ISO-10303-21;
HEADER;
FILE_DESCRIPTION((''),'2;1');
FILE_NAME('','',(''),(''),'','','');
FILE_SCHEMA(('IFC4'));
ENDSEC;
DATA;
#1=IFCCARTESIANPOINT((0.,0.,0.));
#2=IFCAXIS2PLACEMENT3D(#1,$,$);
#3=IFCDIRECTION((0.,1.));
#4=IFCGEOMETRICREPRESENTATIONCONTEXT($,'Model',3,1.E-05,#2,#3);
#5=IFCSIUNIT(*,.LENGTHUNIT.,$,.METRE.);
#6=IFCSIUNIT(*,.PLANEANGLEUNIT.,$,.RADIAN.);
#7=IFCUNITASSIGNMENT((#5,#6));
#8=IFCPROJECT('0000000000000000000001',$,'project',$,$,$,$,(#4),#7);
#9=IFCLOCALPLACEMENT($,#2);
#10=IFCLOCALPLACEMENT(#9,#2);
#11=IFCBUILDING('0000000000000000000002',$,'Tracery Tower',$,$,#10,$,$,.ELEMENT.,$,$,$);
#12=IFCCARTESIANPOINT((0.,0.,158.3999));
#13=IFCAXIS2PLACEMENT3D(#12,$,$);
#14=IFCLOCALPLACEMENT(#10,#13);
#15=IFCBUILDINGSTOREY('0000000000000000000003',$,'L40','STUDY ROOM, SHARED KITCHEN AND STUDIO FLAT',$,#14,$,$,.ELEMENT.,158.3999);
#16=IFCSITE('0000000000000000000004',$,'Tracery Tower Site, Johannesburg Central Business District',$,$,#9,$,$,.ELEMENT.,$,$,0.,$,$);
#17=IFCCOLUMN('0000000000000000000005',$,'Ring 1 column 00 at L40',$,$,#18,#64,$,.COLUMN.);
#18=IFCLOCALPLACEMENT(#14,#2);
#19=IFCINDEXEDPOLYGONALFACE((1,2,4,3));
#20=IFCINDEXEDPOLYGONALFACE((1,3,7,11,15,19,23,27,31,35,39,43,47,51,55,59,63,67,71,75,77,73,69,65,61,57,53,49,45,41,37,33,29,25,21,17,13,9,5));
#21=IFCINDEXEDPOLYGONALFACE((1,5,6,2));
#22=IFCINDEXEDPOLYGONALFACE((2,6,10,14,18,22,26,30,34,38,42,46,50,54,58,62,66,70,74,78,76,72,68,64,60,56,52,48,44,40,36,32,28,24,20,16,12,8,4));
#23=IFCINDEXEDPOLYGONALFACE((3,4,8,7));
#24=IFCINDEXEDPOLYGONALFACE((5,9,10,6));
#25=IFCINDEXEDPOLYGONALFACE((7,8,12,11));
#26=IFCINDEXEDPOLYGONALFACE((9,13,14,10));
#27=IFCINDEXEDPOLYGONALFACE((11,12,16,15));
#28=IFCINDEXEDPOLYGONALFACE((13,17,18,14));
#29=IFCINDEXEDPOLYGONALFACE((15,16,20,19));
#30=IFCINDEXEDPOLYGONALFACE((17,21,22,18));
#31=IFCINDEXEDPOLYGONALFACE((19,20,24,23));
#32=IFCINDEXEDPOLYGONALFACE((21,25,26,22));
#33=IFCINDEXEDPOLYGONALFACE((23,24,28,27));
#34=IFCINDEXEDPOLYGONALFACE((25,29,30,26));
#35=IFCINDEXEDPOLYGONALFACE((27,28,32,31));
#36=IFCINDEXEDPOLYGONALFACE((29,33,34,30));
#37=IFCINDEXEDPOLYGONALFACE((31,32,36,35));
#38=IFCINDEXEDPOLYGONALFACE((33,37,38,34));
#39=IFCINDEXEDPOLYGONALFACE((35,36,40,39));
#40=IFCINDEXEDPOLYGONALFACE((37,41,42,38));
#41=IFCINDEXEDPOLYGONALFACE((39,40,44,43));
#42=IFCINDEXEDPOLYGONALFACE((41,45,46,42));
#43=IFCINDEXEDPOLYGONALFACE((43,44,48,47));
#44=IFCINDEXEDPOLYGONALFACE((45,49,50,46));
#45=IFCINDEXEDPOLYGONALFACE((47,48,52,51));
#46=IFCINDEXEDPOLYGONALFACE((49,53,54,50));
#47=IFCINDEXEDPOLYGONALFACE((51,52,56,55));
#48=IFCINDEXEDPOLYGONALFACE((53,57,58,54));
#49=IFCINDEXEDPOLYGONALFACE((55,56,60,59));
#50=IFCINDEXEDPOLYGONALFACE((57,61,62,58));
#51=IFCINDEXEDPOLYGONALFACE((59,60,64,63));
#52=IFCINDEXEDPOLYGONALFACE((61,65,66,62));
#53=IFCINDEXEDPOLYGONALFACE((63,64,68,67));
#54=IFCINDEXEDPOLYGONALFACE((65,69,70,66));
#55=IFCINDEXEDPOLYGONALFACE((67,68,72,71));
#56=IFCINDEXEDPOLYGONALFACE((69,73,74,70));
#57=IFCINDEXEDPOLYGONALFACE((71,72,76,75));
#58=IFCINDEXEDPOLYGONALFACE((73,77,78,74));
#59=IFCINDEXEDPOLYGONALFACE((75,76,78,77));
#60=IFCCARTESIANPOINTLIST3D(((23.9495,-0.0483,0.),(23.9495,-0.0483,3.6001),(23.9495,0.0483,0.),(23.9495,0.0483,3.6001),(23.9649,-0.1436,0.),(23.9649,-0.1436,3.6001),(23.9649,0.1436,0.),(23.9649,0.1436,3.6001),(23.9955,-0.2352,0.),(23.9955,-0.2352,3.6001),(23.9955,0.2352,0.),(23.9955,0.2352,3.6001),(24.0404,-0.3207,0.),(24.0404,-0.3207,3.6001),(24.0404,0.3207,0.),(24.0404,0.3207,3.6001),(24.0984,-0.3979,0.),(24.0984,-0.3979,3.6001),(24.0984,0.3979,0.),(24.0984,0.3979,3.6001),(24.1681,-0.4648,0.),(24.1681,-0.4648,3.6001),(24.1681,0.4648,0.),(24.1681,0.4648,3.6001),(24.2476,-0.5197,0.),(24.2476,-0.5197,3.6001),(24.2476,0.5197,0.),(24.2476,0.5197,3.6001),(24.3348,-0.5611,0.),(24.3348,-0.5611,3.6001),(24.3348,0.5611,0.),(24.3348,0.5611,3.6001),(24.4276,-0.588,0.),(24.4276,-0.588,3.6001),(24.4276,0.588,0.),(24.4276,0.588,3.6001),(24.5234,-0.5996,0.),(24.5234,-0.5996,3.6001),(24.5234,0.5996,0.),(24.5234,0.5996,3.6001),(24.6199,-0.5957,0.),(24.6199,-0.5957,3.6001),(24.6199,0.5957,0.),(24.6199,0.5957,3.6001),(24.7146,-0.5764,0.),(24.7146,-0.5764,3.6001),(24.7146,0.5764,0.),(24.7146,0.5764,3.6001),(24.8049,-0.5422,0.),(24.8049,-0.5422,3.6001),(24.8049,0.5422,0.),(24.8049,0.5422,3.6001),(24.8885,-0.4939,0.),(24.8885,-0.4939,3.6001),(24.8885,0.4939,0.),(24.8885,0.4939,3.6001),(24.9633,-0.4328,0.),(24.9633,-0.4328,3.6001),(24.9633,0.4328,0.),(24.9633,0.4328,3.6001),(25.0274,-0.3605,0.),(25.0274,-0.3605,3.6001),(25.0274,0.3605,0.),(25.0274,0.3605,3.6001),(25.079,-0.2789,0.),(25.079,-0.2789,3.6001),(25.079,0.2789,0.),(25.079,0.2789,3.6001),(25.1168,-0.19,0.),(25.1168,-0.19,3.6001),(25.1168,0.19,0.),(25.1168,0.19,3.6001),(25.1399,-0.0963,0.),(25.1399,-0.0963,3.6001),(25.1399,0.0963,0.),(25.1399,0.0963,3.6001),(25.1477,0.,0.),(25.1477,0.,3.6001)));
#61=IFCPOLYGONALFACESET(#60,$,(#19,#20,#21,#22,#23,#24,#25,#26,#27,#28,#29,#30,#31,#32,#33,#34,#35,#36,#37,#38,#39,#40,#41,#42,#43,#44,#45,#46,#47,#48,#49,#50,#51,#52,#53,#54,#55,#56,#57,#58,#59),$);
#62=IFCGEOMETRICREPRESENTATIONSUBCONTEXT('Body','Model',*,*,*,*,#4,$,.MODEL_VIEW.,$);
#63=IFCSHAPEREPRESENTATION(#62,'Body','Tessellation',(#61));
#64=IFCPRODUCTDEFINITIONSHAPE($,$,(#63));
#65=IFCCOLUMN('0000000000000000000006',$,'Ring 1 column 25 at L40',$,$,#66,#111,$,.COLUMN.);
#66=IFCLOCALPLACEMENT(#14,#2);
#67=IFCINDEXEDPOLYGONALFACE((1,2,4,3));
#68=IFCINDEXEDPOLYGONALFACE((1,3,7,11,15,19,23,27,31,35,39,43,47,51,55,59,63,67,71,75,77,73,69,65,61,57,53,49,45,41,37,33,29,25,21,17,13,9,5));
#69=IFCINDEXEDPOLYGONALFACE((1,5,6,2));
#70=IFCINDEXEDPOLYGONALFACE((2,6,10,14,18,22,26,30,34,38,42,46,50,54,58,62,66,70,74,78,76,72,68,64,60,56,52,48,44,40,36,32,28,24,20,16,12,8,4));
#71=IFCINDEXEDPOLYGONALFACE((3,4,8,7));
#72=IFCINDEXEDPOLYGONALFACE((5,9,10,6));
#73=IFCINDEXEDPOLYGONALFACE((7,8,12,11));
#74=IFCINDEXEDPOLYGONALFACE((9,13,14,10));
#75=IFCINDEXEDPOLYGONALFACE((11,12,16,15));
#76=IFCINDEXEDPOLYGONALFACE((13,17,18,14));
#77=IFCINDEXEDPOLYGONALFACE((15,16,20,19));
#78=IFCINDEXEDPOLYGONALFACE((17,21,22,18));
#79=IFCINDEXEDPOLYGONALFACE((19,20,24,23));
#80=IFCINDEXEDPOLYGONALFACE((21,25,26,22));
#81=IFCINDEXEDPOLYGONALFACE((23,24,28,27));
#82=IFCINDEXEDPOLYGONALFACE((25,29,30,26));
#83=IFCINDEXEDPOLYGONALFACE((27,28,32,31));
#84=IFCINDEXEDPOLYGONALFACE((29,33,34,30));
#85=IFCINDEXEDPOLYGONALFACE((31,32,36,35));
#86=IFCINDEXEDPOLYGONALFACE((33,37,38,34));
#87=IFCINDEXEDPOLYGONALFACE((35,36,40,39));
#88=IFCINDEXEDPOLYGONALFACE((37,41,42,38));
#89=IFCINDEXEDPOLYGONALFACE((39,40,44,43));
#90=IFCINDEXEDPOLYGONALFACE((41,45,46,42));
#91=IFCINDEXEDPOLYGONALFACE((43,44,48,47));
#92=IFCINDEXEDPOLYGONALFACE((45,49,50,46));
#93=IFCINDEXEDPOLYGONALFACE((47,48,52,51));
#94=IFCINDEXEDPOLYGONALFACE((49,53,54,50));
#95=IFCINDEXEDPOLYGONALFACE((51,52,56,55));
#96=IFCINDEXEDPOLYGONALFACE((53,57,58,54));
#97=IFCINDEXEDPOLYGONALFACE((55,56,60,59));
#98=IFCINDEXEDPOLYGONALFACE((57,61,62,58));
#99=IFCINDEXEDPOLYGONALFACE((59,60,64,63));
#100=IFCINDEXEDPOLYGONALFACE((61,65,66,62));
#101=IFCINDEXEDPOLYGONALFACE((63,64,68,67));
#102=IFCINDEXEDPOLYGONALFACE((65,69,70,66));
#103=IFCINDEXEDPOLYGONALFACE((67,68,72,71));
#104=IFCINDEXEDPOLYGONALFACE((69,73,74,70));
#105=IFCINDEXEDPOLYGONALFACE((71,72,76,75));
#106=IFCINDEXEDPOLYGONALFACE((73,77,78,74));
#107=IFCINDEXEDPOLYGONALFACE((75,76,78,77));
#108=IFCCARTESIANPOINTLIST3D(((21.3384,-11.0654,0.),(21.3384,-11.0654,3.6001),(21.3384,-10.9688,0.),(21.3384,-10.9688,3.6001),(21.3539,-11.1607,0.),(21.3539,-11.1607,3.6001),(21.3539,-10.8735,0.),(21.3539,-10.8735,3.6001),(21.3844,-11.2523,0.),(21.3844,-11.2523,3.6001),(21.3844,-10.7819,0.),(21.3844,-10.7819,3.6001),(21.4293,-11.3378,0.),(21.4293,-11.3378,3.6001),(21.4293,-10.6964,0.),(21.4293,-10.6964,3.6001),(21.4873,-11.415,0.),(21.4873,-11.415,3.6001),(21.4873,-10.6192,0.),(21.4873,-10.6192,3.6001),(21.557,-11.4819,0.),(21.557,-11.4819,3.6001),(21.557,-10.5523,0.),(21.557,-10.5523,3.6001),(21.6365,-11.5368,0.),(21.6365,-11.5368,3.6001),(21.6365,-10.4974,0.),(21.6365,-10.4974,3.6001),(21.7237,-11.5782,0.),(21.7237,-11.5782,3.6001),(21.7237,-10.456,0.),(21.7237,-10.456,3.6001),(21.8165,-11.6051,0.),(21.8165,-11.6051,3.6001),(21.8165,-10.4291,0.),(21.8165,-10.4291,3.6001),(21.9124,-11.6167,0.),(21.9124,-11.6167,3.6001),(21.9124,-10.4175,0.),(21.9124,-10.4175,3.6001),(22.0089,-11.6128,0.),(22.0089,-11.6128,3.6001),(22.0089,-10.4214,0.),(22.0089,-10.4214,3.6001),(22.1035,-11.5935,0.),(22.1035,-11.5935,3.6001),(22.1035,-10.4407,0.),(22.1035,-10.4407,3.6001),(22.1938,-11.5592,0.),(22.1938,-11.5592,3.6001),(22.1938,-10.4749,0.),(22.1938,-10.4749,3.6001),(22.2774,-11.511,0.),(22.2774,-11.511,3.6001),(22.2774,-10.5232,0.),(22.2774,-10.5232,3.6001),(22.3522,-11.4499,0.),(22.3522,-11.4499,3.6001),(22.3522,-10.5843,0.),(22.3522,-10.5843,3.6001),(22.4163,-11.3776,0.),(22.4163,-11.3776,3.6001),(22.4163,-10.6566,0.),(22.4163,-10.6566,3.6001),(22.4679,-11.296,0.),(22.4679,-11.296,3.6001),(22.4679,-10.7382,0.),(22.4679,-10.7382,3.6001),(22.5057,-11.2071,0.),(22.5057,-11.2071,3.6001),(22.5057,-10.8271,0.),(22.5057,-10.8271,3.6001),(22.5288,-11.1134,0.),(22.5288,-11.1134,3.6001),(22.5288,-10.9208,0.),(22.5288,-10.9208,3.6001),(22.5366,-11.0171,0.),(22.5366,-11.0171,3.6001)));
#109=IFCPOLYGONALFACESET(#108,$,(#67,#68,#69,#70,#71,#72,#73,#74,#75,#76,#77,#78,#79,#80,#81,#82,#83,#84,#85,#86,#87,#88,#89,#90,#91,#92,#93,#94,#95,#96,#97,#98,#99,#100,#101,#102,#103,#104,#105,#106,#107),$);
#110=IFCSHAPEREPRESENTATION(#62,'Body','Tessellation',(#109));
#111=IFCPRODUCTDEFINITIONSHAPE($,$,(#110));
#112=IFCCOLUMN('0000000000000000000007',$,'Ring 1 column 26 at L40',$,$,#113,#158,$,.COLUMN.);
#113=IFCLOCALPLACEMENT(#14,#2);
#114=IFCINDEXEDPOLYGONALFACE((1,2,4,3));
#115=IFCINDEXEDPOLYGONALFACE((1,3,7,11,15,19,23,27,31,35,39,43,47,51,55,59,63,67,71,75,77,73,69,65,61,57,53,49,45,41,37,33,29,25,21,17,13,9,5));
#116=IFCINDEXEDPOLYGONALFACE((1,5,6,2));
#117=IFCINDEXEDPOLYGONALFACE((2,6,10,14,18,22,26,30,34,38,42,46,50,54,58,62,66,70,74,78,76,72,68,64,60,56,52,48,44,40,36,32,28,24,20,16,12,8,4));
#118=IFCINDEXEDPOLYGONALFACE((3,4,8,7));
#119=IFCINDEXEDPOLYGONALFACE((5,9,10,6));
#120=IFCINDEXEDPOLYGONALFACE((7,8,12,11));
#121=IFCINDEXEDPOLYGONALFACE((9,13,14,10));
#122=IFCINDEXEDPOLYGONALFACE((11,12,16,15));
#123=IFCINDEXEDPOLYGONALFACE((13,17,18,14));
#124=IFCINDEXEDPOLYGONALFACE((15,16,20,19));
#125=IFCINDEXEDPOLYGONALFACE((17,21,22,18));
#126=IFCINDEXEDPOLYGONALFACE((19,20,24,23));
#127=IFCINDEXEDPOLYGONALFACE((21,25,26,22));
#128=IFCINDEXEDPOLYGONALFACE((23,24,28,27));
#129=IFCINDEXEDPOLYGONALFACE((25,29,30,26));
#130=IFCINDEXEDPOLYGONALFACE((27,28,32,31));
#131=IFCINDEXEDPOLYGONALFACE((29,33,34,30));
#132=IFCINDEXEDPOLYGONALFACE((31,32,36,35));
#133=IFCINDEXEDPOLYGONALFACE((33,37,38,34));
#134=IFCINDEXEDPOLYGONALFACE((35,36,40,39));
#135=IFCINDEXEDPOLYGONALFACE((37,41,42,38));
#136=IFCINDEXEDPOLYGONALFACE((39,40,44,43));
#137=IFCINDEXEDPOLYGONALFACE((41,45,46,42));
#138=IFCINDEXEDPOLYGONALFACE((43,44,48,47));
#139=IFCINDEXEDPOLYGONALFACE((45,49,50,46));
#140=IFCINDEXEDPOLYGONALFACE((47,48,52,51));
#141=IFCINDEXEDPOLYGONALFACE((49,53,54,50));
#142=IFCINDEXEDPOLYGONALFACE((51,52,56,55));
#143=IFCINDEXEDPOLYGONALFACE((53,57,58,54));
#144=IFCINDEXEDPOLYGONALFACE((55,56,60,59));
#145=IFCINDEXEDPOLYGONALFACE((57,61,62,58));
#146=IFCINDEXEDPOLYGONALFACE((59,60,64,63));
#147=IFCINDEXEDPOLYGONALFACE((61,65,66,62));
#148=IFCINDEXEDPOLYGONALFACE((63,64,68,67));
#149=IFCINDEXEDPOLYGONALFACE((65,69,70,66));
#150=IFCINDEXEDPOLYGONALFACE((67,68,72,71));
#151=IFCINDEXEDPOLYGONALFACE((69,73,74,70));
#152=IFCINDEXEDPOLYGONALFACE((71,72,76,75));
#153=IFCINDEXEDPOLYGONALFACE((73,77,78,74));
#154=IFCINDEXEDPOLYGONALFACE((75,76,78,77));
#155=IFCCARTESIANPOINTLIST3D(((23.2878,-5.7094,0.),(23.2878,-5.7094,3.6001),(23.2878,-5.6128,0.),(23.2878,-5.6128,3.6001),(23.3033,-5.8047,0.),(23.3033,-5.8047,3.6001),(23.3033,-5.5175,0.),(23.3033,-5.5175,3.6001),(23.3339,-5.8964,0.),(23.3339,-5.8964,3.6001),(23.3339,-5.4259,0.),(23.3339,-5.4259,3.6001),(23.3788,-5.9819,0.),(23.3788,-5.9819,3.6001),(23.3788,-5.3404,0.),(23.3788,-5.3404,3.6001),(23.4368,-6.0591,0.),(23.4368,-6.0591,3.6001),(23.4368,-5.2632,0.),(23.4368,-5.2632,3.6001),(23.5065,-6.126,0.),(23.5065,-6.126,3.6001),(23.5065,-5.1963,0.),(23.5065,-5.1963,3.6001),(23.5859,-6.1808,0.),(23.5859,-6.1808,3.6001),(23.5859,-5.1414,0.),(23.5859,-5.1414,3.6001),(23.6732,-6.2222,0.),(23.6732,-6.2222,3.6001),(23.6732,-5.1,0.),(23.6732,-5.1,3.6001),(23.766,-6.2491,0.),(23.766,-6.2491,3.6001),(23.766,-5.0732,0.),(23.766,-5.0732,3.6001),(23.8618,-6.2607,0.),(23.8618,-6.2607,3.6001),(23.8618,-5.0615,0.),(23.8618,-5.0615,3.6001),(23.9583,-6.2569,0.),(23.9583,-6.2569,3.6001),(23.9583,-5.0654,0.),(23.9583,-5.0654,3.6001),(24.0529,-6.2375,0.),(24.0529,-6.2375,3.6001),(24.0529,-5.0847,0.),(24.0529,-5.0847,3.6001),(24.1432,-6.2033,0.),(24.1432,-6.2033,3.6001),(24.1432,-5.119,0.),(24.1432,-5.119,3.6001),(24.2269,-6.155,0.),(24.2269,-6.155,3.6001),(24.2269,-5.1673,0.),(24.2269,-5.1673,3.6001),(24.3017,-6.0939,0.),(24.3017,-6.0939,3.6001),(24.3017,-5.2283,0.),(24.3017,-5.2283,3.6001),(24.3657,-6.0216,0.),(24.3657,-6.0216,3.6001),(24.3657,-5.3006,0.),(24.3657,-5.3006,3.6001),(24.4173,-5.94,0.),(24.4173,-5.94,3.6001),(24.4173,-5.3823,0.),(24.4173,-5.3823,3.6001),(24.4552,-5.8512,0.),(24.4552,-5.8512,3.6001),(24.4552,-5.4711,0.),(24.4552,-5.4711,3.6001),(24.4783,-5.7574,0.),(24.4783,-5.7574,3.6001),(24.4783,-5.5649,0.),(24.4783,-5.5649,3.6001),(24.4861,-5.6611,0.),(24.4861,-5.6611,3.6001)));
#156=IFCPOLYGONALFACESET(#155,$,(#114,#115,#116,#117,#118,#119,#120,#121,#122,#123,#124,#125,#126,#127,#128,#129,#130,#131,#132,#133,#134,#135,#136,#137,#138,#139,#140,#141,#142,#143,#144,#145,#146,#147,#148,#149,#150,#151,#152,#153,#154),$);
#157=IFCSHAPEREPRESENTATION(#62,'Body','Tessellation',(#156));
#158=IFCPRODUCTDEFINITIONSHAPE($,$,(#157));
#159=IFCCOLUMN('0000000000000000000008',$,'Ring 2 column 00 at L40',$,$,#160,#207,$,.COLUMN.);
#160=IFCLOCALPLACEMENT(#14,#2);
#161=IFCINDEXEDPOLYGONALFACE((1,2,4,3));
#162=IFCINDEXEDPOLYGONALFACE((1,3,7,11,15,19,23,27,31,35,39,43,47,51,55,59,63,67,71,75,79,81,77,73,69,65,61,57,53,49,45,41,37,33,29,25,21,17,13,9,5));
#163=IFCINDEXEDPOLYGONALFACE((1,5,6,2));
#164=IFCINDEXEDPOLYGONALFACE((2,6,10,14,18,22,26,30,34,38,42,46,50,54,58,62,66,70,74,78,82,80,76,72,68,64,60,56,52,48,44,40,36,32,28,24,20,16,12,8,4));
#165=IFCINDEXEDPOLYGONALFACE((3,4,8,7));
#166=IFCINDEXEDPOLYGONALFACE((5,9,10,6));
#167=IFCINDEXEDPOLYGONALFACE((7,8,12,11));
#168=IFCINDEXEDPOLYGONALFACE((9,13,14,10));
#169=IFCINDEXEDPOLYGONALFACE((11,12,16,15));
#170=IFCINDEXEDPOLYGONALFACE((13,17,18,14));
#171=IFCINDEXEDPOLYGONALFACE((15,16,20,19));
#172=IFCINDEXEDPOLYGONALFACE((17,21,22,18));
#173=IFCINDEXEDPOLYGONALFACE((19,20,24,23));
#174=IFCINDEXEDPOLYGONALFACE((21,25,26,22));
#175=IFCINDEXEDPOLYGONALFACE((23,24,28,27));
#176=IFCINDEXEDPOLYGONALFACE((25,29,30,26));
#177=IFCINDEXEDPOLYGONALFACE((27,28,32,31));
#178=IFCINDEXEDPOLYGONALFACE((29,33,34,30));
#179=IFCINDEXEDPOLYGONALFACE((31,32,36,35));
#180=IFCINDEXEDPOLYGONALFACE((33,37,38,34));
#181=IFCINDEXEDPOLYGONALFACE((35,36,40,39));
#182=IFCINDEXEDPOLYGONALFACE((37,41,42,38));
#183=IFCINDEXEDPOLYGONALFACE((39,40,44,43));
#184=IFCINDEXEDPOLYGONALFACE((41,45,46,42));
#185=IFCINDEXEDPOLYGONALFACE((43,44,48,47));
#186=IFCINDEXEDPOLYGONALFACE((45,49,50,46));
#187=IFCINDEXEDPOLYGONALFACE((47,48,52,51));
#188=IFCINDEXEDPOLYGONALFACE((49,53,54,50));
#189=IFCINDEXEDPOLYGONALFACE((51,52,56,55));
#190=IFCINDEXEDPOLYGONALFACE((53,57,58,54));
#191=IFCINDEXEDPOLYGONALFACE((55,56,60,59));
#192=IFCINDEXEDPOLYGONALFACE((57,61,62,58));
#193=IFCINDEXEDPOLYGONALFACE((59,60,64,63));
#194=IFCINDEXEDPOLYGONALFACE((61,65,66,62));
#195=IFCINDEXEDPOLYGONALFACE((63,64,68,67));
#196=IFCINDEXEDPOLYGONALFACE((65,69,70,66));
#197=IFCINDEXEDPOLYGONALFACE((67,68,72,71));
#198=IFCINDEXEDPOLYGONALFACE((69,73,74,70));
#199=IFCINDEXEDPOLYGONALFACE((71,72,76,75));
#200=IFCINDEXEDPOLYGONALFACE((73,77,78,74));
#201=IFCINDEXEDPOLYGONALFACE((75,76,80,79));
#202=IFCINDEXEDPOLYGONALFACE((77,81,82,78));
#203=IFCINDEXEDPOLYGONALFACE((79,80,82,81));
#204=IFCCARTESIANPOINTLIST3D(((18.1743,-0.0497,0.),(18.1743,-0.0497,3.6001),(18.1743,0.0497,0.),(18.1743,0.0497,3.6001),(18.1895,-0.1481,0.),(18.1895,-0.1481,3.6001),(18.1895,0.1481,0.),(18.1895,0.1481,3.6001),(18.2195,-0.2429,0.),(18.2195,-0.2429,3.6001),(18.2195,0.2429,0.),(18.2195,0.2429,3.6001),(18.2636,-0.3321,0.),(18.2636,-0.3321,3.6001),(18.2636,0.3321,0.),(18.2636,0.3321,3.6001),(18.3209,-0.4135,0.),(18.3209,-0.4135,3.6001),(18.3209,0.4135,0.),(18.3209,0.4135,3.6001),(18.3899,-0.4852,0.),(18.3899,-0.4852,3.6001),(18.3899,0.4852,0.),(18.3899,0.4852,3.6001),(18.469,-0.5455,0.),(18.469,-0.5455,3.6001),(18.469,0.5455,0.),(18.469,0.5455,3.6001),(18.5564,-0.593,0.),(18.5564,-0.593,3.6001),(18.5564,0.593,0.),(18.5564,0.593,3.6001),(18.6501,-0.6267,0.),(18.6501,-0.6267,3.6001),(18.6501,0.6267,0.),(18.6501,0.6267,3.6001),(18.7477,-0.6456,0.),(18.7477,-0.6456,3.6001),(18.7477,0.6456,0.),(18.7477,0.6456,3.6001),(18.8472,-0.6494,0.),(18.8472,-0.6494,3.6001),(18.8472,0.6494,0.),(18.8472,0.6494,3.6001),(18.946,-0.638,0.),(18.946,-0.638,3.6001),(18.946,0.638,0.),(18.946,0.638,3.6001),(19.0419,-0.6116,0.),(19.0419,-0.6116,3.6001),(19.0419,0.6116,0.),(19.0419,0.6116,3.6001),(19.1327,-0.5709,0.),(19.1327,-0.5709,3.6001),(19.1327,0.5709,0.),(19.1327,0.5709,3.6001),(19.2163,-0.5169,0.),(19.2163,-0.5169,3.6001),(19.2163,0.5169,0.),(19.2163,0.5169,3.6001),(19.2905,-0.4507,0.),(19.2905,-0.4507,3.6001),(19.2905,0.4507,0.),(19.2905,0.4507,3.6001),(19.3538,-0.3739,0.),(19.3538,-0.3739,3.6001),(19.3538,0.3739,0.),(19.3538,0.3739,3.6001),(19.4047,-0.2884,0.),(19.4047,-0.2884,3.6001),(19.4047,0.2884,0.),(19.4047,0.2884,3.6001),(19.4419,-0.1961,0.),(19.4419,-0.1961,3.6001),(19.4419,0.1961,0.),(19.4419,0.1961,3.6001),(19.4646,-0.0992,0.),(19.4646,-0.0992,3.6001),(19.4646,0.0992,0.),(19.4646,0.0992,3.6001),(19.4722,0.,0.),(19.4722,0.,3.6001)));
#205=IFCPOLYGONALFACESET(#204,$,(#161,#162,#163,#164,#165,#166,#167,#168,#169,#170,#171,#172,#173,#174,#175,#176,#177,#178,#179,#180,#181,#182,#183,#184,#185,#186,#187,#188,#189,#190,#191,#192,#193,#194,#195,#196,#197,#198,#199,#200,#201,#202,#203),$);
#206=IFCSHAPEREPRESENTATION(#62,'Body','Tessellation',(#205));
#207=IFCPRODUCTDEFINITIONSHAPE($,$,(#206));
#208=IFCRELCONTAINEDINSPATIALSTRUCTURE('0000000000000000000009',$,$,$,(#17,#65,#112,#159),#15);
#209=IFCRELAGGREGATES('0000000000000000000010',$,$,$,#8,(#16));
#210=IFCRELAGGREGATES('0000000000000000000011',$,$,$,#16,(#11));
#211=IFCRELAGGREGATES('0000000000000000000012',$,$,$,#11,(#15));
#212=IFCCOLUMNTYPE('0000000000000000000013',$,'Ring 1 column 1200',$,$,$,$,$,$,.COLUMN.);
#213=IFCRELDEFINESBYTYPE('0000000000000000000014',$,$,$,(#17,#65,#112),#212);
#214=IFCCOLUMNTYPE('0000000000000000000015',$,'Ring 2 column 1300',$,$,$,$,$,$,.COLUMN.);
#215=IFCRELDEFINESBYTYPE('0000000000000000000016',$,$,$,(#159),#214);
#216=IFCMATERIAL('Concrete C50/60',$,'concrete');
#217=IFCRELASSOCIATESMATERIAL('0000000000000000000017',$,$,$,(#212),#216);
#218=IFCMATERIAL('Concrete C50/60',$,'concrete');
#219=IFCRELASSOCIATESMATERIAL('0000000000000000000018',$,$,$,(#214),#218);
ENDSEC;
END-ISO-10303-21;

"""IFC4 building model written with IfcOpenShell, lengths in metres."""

from ifc_helpers import new_model, si_unit, direction, frame, origin, origin_2d, place, context, subcontext, project, spatial, circle, extrude, material, material_profile, profile_set, type_object, element, save


model = new_model("IFC4")

# Units and contexts
model_context = context("Model", 3, precision=1e-05, world=origin(), true_north=direction((0.0, 1.0)))
body_context = subcontext(model_context, "Body", "Model", "MODEL_VIEW")
ifc_project = project(units=[si_unit("LENGTHUNIT", "METRE"), si_unit("PLANEANGLEUNIT", "RADIAN")], contexts=[model_context])

# Site, building, storey
site_placement = place(None, origin())
site = spatial("IfcSite", under=ifc_project, at=site_placement, Name="Tracery Tower Site, Johannesburg Central Business District", CompositionType="ELEMENT", RefElevation=0.0)
building_placement = place(site_placement, origin())
building = spatial("IfcBuilding", under=site, at=building_placement, Name="Tracery Tower", CompositionType="ELEMENT")
storey_placement = place(building_placement, frame((0.0, 0.0, 158.3999)))
storey = spatial("IfcBuildingStorey", under=building, at=storey_placement, Name="L40", Description="STUDY ROOM, SHARED KITCHEN AND STUDIO FLAT", CompositionType="ELEMENT", Elevation=158.3999)

# Columns
ifc_material_1 = material(Name="Concrete C50/60", Category="concrete")
ifc_material_profile_1 = material_profile(ifc_material_1, circle(Radius=0.6001, at=origin_2d()), Name="RC D1200")
ifc_profile_set_1 = profile_set([ifc_material_profile_1], Name="Concrete C50/60")
column_type_1 = type_object("IfcColumnType", Name="Ring 1 column 1200", PredefinedType="COLUMN", material=ifc_profile_set_1)
for number, where, z_axis, x_axis, name in (
    (1, (24.5476, 0.0, 0.0), (0.0, 0.0, 1.0), (1.0, 0.0, 0.0), "Ring 1 column 00 at L40"),
    (2, (21.9365, -11.0171, 0.0), (0.0, 0.0, 1.0), (1.0, 0.0, 0.0), "Ring 1 column 25 at L40"),
    (3, (23.886, -5.6611, 0.0), (0.0, 0.0, 1.0), (1.0, 0.0, 0.0), "Ring 1 column 26 at L40"),
):
    element("IfcColumn", number, at=place(storey_placement, frame(where, z_axis=z_axis, x_axis=x_axis)), inside=storey, type_object=column_type_1, Name=name, PredefinedType="COLUMN", context=body_context, shape_type="SweptSolid", body=[
        extrude(circle(Radius=0.6001, at=origin_2d()), origin(), (0.0, 0.0, 1.0), 3.6001),
    ])
ifc_material_2 = material(Name="Concrete C50/60", Category="concrete")
ifc_material_profile_2 = material_profile(ifc_material_2, circle(Radius=0.6499, at=origin_2d()), Name="RC D1300")
ifc_profile_set_2 = profile_set([ifc_material_profile_2], Name="Concrete C50/60")
column_type_2 = type_object("IfcColumnType", Name="Ring 2 column 1300", PredefinedType="COLUMN", material=ifc_profile_set_2)
for number, where, z_axis, x_axis, name in (
    (4, (18.8223, 0.0, 0.0), (0.0, 0.0, 1.0), (1.0, 0.0, 0.0), "Ring 2 column 00 at L40"),
):
    element("IfcColumn", number, at=place(storey_placement, frame(where, z_axis=z_axis, x_axis=x_axis)), inside=storey, type_object=column_type_2, Name=name, PredefinedType="COLUMN", context=body_context, shape_type="SweptSolid", body=[
        extrude(circle(Radius=0.6499, at=origin_2d()), origin(), (0.0, 0.0, 1.0), 3.6001),
    ])

save(model, "model.ifc")
